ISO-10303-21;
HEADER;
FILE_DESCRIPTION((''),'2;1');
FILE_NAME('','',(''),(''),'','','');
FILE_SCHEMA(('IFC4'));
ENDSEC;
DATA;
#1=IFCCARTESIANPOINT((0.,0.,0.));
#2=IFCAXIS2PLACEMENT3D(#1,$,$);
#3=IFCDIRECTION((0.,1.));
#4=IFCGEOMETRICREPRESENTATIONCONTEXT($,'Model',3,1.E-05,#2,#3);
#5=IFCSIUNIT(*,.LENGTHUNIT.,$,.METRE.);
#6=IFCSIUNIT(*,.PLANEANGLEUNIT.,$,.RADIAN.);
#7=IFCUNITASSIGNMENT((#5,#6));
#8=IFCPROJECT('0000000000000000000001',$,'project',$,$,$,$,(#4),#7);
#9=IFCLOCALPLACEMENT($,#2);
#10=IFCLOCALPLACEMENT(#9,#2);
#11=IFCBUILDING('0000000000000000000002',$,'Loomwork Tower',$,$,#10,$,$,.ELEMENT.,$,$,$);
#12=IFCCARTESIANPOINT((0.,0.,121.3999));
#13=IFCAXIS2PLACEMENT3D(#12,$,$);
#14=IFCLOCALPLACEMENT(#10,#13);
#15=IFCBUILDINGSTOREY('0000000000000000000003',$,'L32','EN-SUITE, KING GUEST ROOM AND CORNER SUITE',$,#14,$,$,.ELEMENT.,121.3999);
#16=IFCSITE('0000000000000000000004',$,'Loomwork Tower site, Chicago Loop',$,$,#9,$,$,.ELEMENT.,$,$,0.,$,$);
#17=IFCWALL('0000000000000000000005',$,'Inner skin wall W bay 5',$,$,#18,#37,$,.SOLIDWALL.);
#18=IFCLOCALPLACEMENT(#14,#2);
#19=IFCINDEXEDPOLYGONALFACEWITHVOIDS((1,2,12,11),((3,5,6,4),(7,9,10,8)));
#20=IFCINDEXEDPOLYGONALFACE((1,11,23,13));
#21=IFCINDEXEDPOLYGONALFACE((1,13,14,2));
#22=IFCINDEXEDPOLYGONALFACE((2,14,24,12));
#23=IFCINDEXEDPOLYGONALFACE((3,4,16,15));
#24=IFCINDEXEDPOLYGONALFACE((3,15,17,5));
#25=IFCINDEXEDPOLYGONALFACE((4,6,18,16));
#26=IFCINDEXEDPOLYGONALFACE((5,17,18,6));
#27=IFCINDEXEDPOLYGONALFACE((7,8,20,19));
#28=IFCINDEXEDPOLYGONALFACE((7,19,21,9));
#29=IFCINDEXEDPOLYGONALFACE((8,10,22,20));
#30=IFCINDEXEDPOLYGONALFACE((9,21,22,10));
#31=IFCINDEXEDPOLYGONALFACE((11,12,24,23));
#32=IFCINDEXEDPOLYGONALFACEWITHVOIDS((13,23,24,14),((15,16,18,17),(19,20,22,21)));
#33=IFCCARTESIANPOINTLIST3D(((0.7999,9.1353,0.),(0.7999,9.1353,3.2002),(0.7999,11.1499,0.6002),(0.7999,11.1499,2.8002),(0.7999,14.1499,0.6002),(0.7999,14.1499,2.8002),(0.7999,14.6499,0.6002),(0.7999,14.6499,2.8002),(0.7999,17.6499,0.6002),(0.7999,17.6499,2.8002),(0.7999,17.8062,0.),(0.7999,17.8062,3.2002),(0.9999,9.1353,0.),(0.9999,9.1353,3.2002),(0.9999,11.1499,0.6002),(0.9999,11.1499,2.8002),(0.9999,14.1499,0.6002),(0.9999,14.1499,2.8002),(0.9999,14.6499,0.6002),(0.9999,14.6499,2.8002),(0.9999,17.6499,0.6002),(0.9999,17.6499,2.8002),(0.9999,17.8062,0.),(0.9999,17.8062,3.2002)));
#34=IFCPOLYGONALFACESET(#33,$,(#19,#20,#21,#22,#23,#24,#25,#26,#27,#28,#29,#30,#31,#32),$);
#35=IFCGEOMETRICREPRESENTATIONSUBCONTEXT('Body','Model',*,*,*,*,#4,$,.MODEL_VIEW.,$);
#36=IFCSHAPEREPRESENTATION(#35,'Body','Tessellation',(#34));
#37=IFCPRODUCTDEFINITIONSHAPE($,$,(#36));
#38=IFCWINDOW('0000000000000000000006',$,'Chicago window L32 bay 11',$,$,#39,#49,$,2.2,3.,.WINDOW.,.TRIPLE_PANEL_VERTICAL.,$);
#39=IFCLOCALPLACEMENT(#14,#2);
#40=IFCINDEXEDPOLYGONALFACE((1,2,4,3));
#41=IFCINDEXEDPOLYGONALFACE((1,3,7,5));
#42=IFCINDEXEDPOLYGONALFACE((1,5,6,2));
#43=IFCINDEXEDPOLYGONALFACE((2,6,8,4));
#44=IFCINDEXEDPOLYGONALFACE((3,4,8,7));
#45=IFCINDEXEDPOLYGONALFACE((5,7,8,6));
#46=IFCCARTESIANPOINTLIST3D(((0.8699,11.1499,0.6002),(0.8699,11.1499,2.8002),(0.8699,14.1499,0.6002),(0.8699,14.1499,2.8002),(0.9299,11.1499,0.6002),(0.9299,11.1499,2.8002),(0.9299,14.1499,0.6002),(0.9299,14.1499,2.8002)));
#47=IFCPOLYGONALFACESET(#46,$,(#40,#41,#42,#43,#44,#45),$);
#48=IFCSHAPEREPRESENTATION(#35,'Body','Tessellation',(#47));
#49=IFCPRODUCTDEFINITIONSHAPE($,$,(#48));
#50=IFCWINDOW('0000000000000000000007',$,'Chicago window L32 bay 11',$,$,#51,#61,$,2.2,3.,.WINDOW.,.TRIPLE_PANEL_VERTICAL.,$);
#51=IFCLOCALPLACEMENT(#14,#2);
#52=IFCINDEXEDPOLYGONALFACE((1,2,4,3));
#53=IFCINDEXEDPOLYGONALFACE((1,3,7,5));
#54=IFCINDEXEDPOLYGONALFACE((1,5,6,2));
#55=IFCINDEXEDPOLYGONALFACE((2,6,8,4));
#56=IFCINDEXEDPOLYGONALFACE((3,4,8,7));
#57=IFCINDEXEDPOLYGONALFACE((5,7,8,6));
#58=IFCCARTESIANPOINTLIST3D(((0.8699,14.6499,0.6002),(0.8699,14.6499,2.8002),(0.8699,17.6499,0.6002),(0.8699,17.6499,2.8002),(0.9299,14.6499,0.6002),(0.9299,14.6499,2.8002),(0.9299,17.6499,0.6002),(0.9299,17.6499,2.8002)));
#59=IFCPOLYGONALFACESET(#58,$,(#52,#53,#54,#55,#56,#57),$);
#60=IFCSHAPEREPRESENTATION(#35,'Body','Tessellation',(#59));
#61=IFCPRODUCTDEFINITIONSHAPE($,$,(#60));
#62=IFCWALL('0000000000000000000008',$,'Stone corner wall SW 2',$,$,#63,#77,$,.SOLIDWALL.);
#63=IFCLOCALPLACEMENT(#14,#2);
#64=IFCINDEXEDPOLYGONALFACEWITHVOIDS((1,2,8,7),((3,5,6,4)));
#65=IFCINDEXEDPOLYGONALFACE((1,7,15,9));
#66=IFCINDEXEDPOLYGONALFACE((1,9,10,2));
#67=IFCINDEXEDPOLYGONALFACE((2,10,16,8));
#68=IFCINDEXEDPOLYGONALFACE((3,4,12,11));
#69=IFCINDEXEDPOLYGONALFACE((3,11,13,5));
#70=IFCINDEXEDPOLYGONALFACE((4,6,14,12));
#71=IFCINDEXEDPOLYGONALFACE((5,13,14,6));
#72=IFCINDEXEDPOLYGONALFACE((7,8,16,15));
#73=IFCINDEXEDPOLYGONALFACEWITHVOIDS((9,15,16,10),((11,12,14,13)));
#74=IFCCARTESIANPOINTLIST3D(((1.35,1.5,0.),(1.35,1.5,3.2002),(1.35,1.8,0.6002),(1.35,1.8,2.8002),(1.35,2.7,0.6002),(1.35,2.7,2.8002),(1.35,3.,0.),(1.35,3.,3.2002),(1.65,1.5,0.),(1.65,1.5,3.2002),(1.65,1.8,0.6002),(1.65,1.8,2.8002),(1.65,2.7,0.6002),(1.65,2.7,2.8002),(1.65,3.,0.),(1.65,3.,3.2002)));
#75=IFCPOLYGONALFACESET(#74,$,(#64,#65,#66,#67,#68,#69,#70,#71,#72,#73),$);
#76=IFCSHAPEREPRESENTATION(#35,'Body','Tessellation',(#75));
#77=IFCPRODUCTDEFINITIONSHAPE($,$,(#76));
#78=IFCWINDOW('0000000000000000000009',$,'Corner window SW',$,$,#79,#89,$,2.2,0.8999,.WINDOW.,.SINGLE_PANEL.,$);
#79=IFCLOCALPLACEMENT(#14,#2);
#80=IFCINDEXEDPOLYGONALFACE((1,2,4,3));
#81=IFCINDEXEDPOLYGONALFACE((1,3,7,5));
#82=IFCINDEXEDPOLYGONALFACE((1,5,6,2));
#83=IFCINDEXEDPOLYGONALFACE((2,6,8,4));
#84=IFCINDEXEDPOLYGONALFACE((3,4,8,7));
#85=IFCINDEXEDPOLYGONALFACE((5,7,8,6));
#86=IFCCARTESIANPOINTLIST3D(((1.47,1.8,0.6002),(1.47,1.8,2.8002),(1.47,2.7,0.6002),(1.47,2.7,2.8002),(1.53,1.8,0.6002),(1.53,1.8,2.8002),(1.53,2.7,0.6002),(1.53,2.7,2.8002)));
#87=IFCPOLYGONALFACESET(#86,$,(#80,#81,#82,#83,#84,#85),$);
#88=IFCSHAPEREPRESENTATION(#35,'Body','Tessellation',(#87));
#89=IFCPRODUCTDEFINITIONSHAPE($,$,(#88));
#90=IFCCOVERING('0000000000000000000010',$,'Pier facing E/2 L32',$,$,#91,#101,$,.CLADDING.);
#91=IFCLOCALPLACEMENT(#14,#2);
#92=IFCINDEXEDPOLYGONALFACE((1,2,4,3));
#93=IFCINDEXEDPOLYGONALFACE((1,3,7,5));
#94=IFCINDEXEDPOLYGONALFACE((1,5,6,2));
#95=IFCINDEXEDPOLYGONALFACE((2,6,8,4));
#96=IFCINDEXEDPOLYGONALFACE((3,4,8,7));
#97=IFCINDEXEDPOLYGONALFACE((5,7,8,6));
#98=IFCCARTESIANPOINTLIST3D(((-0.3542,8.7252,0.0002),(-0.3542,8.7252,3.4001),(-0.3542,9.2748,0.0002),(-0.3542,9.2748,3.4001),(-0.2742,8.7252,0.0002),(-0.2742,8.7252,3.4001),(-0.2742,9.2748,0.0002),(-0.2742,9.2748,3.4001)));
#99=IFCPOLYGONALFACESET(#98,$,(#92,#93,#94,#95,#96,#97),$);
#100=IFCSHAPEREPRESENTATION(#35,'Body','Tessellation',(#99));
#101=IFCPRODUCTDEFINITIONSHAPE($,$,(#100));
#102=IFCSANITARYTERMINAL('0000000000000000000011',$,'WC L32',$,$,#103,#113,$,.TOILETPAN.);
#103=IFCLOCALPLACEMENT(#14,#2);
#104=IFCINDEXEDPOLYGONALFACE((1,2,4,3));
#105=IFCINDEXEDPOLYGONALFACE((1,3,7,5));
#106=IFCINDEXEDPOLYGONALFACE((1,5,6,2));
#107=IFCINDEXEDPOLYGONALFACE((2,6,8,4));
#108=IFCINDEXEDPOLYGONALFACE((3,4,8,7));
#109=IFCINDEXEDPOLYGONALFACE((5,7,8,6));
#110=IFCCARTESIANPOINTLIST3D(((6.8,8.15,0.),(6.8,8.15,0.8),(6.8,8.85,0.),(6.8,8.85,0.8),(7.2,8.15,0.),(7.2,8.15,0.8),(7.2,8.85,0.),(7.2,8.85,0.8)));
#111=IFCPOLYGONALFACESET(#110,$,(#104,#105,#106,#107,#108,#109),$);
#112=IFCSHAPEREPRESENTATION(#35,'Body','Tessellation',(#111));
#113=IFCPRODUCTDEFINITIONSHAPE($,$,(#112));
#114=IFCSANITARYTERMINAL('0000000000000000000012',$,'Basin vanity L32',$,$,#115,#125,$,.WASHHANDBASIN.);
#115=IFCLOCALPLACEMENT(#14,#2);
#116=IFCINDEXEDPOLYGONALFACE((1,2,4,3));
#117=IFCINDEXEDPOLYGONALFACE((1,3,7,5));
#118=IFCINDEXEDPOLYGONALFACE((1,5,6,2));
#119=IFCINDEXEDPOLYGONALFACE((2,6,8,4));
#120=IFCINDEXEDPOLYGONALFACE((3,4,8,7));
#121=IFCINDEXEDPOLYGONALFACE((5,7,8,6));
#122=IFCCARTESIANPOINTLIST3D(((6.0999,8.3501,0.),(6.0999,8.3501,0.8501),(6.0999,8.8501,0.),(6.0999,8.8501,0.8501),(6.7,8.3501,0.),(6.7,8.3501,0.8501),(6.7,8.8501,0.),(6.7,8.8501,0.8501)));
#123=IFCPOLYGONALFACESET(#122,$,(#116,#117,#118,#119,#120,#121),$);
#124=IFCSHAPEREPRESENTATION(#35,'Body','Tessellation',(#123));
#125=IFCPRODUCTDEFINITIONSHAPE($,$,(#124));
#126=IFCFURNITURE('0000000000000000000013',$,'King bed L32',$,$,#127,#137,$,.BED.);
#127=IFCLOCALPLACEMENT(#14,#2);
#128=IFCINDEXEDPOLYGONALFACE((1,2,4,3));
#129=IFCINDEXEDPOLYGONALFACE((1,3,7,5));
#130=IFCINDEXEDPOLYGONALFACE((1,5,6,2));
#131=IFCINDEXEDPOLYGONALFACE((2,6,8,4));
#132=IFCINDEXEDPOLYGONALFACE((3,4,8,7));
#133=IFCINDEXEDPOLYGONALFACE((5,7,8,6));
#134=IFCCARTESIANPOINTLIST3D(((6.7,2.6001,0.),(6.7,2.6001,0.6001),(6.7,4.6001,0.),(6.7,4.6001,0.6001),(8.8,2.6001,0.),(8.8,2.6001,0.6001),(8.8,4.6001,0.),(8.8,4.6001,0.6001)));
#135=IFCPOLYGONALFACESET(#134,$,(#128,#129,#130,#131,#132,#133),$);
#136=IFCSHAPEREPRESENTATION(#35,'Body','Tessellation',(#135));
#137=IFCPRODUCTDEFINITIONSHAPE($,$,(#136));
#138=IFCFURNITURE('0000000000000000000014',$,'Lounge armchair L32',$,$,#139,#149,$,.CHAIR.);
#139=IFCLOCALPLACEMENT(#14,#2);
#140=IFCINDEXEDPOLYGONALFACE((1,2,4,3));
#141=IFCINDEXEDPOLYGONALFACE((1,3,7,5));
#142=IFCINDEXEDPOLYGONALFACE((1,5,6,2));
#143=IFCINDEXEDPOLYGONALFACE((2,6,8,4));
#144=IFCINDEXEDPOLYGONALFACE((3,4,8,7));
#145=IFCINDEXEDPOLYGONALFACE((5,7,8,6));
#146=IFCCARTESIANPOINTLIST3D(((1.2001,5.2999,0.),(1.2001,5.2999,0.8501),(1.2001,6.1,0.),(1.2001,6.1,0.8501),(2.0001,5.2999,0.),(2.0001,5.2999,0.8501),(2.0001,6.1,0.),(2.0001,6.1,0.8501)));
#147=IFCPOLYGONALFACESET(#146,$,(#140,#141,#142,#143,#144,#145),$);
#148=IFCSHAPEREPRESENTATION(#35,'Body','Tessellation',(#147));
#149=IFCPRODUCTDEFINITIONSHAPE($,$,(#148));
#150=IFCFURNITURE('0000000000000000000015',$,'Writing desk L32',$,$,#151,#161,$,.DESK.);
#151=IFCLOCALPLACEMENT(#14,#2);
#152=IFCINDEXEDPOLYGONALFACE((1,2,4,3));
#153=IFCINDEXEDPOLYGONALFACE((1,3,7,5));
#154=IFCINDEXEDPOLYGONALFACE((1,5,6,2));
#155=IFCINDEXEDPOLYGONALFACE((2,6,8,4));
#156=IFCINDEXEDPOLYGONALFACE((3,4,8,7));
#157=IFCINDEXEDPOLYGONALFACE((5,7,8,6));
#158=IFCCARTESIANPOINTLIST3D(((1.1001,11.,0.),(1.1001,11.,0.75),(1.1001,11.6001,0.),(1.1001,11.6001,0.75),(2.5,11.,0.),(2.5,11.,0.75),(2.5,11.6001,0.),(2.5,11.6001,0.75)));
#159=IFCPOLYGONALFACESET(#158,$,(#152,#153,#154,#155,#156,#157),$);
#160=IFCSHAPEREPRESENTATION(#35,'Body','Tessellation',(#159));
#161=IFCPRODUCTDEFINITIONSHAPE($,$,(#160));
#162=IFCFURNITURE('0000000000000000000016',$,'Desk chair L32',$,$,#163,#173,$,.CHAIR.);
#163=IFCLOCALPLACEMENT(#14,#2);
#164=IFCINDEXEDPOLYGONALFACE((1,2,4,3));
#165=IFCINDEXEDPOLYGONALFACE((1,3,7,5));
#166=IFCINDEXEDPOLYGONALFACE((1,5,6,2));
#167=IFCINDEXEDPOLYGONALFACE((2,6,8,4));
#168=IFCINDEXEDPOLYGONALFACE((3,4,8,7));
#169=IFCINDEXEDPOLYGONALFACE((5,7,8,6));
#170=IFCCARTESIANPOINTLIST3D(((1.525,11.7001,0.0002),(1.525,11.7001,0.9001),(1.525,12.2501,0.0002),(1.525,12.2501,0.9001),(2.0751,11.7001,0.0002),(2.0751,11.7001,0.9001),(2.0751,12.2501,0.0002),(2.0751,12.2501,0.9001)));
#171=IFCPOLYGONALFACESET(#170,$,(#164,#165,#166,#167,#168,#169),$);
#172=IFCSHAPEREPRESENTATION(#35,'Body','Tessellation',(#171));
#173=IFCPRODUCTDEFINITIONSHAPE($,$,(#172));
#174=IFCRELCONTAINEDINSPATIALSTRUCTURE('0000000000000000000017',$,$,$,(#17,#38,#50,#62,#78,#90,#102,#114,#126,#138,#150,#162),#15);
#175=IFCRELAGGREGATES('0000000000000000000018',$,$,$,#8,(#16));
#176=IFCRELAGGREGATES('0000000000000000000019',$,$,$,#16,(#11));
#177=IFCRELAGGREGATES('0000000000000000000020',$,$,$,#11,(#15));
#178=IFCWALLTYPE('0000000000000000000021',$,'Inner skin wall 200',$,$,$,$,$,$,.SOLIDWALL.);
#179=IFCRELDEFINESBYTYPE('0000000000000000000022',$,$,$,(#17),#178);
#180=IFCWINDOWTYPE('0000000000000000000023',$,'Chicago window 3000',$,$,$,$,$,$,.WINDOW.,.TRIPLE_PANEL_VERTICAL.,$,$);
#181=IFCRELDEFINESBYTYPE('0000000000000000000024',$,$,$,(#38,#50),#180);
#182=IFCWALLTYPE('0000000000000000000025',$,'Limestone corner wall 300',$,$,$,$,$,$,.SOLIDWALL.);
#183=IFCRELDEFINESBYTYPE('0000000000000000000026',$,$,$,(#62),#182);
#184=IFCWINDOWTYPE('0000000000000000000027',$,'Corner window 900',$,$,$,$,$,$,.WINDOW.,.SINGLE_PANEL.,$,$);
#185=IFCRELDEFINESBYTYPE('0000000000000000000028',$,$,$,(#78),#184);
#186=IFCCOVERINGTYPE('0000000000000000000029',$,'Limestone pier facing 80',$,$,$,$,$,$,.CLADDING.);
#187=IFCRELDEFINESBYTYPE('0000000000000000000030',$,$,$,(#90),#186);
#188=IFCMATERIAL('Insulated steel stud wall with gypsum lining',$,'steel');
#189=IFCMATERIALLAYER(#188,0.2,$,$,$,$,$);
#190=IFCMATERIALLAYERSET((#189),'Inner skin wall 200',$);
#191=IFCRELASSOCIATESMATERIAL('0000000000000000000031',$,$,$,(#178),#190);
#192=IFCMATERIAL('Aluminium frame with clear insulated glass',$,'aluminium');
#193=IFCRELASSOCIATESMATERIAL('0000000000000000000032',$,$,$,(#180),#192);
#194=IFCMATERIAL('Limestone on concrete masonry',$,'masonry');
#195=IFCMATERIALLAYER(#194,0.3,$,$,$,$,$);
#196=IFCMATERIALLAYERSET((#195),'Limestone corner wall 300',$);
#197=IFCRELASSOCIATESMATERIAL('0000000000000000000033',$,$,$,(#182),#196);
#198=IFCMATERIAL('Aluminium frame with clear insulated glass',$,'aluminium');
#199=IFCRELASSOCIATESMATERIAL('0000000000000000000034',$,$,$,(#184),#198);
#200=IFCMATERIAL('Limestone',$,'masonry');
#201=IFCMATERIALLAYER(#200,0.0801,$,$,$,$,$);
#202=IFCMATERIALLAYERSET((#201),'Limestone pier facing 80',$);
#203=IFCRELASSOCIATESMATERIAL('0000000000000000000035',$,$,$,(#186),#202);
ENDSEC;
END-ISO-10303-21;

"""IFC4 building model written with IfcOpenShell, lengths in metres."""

from ifc_helpers import new_model, si_unit, direction, frame, frame_2d, origin, origin_2d, place, context, subcontext, project, spatial, rectangle, extrude, material, layer, layer_set, type_object, element, fill, save


model = new_model("IFC4")

# Units and contexts
model_context = context("Model", 3, precision=1e-05, world=origin(), true_north=direction((0.0, 1.0)))
body_context = subcontext(model_context, "Body", "Model", "MODEL_VIEW")
ifc_project = project(units=[si_unit("LENGTHUNIT", "METRE"), si_unit("PLANEANGLEUNIT", "RADIAN")], contexts=[model_context])

# Site, building, storey
site_placement = place(None, origin())
site = spatial("IfcSite", under=ifc_project, at=site_placement, Name="Loomwork Tower site, Chicago Loop", CompositionType="ELEMENT", RefElevation=0.0)
building_placement = place(site_placement, origin())
building = spatial("IfcBuilding", under=site, at=building_placement, Name="Loomwork Tower", CompositionType="ELEMENT")
storey_placement = place(building_placement, frame((0.0, 0.0, 121.3999)))
storey = spatial("IfcBuildingStorey", under=building, at=storey_placement, Name="L32", Description="EN-SUITE, KING GUEST ROOM AND CORNER SUITE", CompositionType="ELEMENT", Elevation=121.3999)

# Shared definitions
ifc_material_1 = material(Name="Insulated steel stud wall with gypsum lining", Category="steel")
ifc_layer_1 = layer(ifc_material_1, 0.2)
ifc_layer_set_1 = layer_set([ifc_layer_1], Name="Inner skin wall 200")
wall_type_1 = type_object("IfcWallType", Name="Inner skin wall 200", PredefinedType="SOLIDWALL", material=ifc_layer_set_1)

# Wall, openings, windows
wall_1_placement = place(storey_placement, frame((0.8999, 9.1353, 0.0), z_axis=(0.0, 0.0, 1.0), x_axis=(0.0, 1.0, 0.0)))
wall_1 = element("IfcWall", 1, at=wall_1_placement, inside=storey, type_object=wall_type_1, Name="Inner skin wall W bay 5", PredefinedType="SOLIDWALL", context=body_context, shape_type="SweptSolid", body=[
    extrude(rectangle(XDim=8.6709, YDim=0.2, at=frame_2d((4.3354, 0.0))), origin(), (0.0, 0.0, 1.0), 3.2002),
])
opening_1_placement = place(wall_1_placement, frame((2.0146, 0.0, 0.6001)))
opening_1 = element("IfcOpeningElement", 2, at=opening_1_placement, cuts=wall_1, PredefinedType="OPENING", context=body_context, shape_type="SweptSolid", body=[
    extrude(rectangle(XDim=3.0, YDim=2.2, at=frame_2d((1.5, 1.1001))), frame((0.0, 0.1099, 0.0), z_axis=(0.0, -1.0, 0.0), x_axis=(1.0, 0.0, 0.0)), (0.0, 0.0, 1.0), 0.22),
])
opening_2_placement = place(wall_1_placement, frame((5.5146, 0.0, 0.6001)))
opening_2 = element("IfcOpeningElement", 3, at=opening_2_placement, cuts=wall_1, PredefinedType="OPENING", context=body_context, shape_type="SweptSolid", body=[
    extrude(rectangle(XDim=3.0, YDim=2.2, at=frame_2d((1.5, 1.1001))), frame((0.0, 0.1099, 0.0), z_axis=(0.0, -1.0, 0.0), x_axis=(1.0, 0.0, 0.0)), (0.0, 0.0, 1.0), 0.22),
])
ifc_material_2 = material(Name="Aluminium frame with clear insulated glass", Category="aluminium")
window_type_1 = type_object("IfcWindowType", Name="Chicago window 3000", PartitioningType="TRIPLE_PANEL_VERTICAL", PredefinedType="WINDOW", material=ifc_material_2)
window_1_placement = place(opening_1_placement, origin())
window_1 = element("IfcWindow", 4, at=window_1_placement, inside=storey, type_object=window_type_1, Name="Chicago window L32 bay 11", OverallHeight=2.2, OverallWidth=3.0, PartitioningType="TRIPLE_PANEL_VERTICAL", PredefinedType="WINDOW", context=body_context, shape_type="SweptSolid", body=[
    extrude(rectangle(XDim=3.0, YDim=2.2, at=frame_2d((1.5, 1.1001))), frame((0.0, 0.03, 0.0), z_axis=(0.0, -1.0, 0.0), x_axis=(1.0, 0.0, 0.0)), (0.0, 0.0, 1.0), 0.0601),
])
fill(opening_1, window_1)
window_2_placement = place(opening_2_placement, origin())
window_2 = element("IfcWindow", 5, at=window_2_placement, inside=storey, type_object=window_type_1, Name="Chicago window L32 bay 11", OverallHeight=2.2, OverallWidth=3.0, PartitioningType="TRIPLE_PANEL_VERTICAL", PredefinedType="WINDOW", context=body_context, shape_type="SweptSolid", body=[
    extrude(rectangle(XDim=3.0, YDim=2.2, at=frame_2d((1.5, 1.1001))), frame((0.0, 0.03, 0.0), z_axis=(0.0, -1.0, 0.0), x_axis=(1.0, 0.0, 0.0)), (0.0, 0.0, 1.0), 0.0601),
])
fill(opening_2, window_2)

# Wall, opening, window
ifc_material_3 = material(Name="Limestone on concrete masonry", Category="masonry")
ifc_layer_2 = layer(ifc_material_3, 0.3)
ifc_layer_set_2 = layer_set([ifc_layer_2], Name="Limestone corner wall 300")
wall_type_2 = type_object("IfcWallType", Name="Limestone corner wall 300", PredefinedType="SOLIDWALL", material=ifc_layer_set_2)
wall_2_placement = place(storey_placement, frame((1.5, 3.0, 0.0), z_axis=(0.0, 0.0, 1.0), x_axis=(0.0, -1.0, 0.0)))
wall_2 = element("IfcWall", 6, at=wall_2_placement, inside=storey, type_object=wall_type_2, Name="Stone corner wall SW 2", PredefinedType="SOLIDWALL", context=body_context, shape_type="SweptSolid", body=[
    extrude(rectangle(XDim=1.5, YDim=0.3, at=frame_2d((0.75, 0.0))), origin(), (0.0, 0.0, 1.0), 3.2002),
])
opening_3_placement = place(wall_2_placement, frame((0.3, 0.0, 0.6001)))
opening_3 = element("IfcOpeningElement", 7, at=opening_3_placement, cuts=wall_2, PredefinedType="OPENING", context=body_context, shape_type="SweptSolid", body=[
    extrude(rectangle(XDim=0.8999, YDim=2.2, at=frame_2d((0.45, 1.1001))), frame((0.0, 0.1599, 0.0), z_axis=(0.0, -1.0, 0.0), x_axis=(1.0, 0.0, 0.0)), (0.0, 0.0, 1.0), 0.3201),
])
ifc_material_4 = material(Name="Aluminium frame with clear insulated glass", Category="aluminium")
window_type_2 = type_object("IfcWindowType", Name="Corner window 900", PartitioningType="SINGLE_PANEL", PredefinedType="WINDOW", material=ifc_material_4)
window_3_placement = place(opening_3_placement, origin())
window_3 = element("IfcWindow", 8, at=window_3_placement, inside=storey, type_object=window_type_2, Name="Corner window SW", OverallHeight=2.2, OverallWidth=0.8999, PartitioningType="SINGLE_PANEL", PredefinedType="WINDOW", context=body_context, shape_type="SweptSolid", body=[
    extrude(rectangle(XDim=0.8999, YDim=2.2, at=frame_2d((0.45, 1.1001))), frame((0.0, 0.03, 0.0), z_axis=(0.0, -1.0, 0.0), x_axis=(1.0, 0.0, 0.0)), (0.0, 0.0, 1.0), 0.0601),
])
fill(opening_3, window_3)

# Covering
ifc_material_5 = material(Name="Limestone", Category="masonry")
ifc_layer_3 = layer(ifc_material_5, 0.0801)
ifc_layer_set_3 = layer_set([ifc_layer_3], Name="Limestone pier facing 80")
covering_type = type_object("IfcCoveringType", Name="Limestone pier facing 80", PredefinedType="CLADDING", material=ifc_layer_set_3)
covering_placement = place(storey_placement, frame((-0.3142, 9.0, 0.0002), z_axis=(0.0, 0.0, 1.0), x_axis=(1.0, 0.0, 0.0)))
element("IfcCovering", 9, at=covering_placement, inside=storey, type_object=covering_type, Name="Pier facing E/2 L32", PredefinedType="CLADDING", context=body_context, shape_type="SweptSolid", body=[
    extrude(rectangle(XDim=0.0801, YDim=0.5496, at=origin_2d()), origin(), (0.0, 0.0, 1.0), 3.3999),
])

# Sanitary terminals
sanitary_terminal_1_placement = place(storey_placement, frame((7.0, 8.5, 0.0), z_axis=(0.0, 0.0, 1.0), x_axis=(1.0, 0.0, 0.0)))
element("IfcSanitaryTerminal", 10, at=sanitary_terminal_1_placement, inside=storey, Name="WC L32", PredefinedType="TOILETPAN", context=body_context, shape_type="SweptSolid", body=[
    extrude(rectangle(XDim=0.3999, YDim=0.7, at=origin_2d()), origin(), (0.0, 0.0, 1.0), 0.8),
])
sanitary_terminal_2_placement = place(storey_placement, frame((6.3999, 8.6001, 0.0), z_axis=(0.0, 0.0, 1.0), x_axis=(1.0, 0.0, 0.0)))
element("IfcSanitaryTerminal", 11, at=sanitary_terminal_2_placement, inside=storey, Name="Basin vanity L32", PredefinedType="WASHHANDBASIN", context=body_context, shape_type="SweptSolid", body=[
    extrude(rectangle(XDim=0.6001, YDim=0.5, at=origin_2d()), origin(), (0.0, 0.0, 1.0), 0.8501),
])

# Furniture
furniture_1_placement = place(storey_placement, frame((7.75, 3.6001, 0.0), z_axis=(0.0, 0.0, 1.0), x_axis=(1.0, 0.0, 0.0)))
element("IfcFurniture", 12, at=furniture_1_placement, inside=storey, Name="King bed L32", PredefinedType="BED", context=body_context, shape_type="SweptSolid", body=[
    extrude(rectangle(XDim=2.1001, YDim=2.0, at=origin_2d()), origin(), (0.0, 0.0, 1.0), 0.6001),
])
furniture_2_placement = place(storey_placement, frame((1.6001, 5.7, 0.0), z_axis=(0.0, 0.0, 1.0), x_axis=(1.0, 0.0, 0.0)))
element("IfcFurniture", 13, at=furniture_2_placement, inside=storey, Name="Lounge armchair L32", PredefinedType="CHAIR", context=body_context, shape_type="SweptSolid", body=[
    extrude(rectangle(XDim=0.8, YDim=0.8, at=origin_2d()), origin(), (0.0, 0.0, 1.0), 0.8501),
])
furniture_3_placement = place(storey_placement, frame((1.8, 11.3, 0.0), z_axis=(0.0, 0.0, 1.0), x_axis=(1.0, 0.0, 0.0)))
element("IfcFurniture", 14, at=furniture_3_placement, inside=storey, Name="Writing desk L32", PredefinedType="DESK", context=body_context, shape_type="SweptSolid", body=[
    extrude(rectangle(XDim=1.3999, YDim=0.6001, at=origin_2d()), origin(), (0.0, 0.0, 1.0), 0.75),
])
furniture_4_placement = place(storey_placement, frame((1.8, 11.9751, 0.0002), z_axis=(0.0, 0.0, 1.0), x_axis=(1.0, 0.0, 0.0)))
element("IfcFurniture", 15, at=furniture_4_placement, inside=storey, Name="Desk chair L32", PredefinedType="CHAIR", context=body_context, shape_type="SweptSolid", body=[
    extrude(rectangle(XDim=0.55, YDim=0.55, at=origin_2d()), origin(), (0.0, 0.0, 1.0), 0.8999),
])

save(model, "model.ifc")
